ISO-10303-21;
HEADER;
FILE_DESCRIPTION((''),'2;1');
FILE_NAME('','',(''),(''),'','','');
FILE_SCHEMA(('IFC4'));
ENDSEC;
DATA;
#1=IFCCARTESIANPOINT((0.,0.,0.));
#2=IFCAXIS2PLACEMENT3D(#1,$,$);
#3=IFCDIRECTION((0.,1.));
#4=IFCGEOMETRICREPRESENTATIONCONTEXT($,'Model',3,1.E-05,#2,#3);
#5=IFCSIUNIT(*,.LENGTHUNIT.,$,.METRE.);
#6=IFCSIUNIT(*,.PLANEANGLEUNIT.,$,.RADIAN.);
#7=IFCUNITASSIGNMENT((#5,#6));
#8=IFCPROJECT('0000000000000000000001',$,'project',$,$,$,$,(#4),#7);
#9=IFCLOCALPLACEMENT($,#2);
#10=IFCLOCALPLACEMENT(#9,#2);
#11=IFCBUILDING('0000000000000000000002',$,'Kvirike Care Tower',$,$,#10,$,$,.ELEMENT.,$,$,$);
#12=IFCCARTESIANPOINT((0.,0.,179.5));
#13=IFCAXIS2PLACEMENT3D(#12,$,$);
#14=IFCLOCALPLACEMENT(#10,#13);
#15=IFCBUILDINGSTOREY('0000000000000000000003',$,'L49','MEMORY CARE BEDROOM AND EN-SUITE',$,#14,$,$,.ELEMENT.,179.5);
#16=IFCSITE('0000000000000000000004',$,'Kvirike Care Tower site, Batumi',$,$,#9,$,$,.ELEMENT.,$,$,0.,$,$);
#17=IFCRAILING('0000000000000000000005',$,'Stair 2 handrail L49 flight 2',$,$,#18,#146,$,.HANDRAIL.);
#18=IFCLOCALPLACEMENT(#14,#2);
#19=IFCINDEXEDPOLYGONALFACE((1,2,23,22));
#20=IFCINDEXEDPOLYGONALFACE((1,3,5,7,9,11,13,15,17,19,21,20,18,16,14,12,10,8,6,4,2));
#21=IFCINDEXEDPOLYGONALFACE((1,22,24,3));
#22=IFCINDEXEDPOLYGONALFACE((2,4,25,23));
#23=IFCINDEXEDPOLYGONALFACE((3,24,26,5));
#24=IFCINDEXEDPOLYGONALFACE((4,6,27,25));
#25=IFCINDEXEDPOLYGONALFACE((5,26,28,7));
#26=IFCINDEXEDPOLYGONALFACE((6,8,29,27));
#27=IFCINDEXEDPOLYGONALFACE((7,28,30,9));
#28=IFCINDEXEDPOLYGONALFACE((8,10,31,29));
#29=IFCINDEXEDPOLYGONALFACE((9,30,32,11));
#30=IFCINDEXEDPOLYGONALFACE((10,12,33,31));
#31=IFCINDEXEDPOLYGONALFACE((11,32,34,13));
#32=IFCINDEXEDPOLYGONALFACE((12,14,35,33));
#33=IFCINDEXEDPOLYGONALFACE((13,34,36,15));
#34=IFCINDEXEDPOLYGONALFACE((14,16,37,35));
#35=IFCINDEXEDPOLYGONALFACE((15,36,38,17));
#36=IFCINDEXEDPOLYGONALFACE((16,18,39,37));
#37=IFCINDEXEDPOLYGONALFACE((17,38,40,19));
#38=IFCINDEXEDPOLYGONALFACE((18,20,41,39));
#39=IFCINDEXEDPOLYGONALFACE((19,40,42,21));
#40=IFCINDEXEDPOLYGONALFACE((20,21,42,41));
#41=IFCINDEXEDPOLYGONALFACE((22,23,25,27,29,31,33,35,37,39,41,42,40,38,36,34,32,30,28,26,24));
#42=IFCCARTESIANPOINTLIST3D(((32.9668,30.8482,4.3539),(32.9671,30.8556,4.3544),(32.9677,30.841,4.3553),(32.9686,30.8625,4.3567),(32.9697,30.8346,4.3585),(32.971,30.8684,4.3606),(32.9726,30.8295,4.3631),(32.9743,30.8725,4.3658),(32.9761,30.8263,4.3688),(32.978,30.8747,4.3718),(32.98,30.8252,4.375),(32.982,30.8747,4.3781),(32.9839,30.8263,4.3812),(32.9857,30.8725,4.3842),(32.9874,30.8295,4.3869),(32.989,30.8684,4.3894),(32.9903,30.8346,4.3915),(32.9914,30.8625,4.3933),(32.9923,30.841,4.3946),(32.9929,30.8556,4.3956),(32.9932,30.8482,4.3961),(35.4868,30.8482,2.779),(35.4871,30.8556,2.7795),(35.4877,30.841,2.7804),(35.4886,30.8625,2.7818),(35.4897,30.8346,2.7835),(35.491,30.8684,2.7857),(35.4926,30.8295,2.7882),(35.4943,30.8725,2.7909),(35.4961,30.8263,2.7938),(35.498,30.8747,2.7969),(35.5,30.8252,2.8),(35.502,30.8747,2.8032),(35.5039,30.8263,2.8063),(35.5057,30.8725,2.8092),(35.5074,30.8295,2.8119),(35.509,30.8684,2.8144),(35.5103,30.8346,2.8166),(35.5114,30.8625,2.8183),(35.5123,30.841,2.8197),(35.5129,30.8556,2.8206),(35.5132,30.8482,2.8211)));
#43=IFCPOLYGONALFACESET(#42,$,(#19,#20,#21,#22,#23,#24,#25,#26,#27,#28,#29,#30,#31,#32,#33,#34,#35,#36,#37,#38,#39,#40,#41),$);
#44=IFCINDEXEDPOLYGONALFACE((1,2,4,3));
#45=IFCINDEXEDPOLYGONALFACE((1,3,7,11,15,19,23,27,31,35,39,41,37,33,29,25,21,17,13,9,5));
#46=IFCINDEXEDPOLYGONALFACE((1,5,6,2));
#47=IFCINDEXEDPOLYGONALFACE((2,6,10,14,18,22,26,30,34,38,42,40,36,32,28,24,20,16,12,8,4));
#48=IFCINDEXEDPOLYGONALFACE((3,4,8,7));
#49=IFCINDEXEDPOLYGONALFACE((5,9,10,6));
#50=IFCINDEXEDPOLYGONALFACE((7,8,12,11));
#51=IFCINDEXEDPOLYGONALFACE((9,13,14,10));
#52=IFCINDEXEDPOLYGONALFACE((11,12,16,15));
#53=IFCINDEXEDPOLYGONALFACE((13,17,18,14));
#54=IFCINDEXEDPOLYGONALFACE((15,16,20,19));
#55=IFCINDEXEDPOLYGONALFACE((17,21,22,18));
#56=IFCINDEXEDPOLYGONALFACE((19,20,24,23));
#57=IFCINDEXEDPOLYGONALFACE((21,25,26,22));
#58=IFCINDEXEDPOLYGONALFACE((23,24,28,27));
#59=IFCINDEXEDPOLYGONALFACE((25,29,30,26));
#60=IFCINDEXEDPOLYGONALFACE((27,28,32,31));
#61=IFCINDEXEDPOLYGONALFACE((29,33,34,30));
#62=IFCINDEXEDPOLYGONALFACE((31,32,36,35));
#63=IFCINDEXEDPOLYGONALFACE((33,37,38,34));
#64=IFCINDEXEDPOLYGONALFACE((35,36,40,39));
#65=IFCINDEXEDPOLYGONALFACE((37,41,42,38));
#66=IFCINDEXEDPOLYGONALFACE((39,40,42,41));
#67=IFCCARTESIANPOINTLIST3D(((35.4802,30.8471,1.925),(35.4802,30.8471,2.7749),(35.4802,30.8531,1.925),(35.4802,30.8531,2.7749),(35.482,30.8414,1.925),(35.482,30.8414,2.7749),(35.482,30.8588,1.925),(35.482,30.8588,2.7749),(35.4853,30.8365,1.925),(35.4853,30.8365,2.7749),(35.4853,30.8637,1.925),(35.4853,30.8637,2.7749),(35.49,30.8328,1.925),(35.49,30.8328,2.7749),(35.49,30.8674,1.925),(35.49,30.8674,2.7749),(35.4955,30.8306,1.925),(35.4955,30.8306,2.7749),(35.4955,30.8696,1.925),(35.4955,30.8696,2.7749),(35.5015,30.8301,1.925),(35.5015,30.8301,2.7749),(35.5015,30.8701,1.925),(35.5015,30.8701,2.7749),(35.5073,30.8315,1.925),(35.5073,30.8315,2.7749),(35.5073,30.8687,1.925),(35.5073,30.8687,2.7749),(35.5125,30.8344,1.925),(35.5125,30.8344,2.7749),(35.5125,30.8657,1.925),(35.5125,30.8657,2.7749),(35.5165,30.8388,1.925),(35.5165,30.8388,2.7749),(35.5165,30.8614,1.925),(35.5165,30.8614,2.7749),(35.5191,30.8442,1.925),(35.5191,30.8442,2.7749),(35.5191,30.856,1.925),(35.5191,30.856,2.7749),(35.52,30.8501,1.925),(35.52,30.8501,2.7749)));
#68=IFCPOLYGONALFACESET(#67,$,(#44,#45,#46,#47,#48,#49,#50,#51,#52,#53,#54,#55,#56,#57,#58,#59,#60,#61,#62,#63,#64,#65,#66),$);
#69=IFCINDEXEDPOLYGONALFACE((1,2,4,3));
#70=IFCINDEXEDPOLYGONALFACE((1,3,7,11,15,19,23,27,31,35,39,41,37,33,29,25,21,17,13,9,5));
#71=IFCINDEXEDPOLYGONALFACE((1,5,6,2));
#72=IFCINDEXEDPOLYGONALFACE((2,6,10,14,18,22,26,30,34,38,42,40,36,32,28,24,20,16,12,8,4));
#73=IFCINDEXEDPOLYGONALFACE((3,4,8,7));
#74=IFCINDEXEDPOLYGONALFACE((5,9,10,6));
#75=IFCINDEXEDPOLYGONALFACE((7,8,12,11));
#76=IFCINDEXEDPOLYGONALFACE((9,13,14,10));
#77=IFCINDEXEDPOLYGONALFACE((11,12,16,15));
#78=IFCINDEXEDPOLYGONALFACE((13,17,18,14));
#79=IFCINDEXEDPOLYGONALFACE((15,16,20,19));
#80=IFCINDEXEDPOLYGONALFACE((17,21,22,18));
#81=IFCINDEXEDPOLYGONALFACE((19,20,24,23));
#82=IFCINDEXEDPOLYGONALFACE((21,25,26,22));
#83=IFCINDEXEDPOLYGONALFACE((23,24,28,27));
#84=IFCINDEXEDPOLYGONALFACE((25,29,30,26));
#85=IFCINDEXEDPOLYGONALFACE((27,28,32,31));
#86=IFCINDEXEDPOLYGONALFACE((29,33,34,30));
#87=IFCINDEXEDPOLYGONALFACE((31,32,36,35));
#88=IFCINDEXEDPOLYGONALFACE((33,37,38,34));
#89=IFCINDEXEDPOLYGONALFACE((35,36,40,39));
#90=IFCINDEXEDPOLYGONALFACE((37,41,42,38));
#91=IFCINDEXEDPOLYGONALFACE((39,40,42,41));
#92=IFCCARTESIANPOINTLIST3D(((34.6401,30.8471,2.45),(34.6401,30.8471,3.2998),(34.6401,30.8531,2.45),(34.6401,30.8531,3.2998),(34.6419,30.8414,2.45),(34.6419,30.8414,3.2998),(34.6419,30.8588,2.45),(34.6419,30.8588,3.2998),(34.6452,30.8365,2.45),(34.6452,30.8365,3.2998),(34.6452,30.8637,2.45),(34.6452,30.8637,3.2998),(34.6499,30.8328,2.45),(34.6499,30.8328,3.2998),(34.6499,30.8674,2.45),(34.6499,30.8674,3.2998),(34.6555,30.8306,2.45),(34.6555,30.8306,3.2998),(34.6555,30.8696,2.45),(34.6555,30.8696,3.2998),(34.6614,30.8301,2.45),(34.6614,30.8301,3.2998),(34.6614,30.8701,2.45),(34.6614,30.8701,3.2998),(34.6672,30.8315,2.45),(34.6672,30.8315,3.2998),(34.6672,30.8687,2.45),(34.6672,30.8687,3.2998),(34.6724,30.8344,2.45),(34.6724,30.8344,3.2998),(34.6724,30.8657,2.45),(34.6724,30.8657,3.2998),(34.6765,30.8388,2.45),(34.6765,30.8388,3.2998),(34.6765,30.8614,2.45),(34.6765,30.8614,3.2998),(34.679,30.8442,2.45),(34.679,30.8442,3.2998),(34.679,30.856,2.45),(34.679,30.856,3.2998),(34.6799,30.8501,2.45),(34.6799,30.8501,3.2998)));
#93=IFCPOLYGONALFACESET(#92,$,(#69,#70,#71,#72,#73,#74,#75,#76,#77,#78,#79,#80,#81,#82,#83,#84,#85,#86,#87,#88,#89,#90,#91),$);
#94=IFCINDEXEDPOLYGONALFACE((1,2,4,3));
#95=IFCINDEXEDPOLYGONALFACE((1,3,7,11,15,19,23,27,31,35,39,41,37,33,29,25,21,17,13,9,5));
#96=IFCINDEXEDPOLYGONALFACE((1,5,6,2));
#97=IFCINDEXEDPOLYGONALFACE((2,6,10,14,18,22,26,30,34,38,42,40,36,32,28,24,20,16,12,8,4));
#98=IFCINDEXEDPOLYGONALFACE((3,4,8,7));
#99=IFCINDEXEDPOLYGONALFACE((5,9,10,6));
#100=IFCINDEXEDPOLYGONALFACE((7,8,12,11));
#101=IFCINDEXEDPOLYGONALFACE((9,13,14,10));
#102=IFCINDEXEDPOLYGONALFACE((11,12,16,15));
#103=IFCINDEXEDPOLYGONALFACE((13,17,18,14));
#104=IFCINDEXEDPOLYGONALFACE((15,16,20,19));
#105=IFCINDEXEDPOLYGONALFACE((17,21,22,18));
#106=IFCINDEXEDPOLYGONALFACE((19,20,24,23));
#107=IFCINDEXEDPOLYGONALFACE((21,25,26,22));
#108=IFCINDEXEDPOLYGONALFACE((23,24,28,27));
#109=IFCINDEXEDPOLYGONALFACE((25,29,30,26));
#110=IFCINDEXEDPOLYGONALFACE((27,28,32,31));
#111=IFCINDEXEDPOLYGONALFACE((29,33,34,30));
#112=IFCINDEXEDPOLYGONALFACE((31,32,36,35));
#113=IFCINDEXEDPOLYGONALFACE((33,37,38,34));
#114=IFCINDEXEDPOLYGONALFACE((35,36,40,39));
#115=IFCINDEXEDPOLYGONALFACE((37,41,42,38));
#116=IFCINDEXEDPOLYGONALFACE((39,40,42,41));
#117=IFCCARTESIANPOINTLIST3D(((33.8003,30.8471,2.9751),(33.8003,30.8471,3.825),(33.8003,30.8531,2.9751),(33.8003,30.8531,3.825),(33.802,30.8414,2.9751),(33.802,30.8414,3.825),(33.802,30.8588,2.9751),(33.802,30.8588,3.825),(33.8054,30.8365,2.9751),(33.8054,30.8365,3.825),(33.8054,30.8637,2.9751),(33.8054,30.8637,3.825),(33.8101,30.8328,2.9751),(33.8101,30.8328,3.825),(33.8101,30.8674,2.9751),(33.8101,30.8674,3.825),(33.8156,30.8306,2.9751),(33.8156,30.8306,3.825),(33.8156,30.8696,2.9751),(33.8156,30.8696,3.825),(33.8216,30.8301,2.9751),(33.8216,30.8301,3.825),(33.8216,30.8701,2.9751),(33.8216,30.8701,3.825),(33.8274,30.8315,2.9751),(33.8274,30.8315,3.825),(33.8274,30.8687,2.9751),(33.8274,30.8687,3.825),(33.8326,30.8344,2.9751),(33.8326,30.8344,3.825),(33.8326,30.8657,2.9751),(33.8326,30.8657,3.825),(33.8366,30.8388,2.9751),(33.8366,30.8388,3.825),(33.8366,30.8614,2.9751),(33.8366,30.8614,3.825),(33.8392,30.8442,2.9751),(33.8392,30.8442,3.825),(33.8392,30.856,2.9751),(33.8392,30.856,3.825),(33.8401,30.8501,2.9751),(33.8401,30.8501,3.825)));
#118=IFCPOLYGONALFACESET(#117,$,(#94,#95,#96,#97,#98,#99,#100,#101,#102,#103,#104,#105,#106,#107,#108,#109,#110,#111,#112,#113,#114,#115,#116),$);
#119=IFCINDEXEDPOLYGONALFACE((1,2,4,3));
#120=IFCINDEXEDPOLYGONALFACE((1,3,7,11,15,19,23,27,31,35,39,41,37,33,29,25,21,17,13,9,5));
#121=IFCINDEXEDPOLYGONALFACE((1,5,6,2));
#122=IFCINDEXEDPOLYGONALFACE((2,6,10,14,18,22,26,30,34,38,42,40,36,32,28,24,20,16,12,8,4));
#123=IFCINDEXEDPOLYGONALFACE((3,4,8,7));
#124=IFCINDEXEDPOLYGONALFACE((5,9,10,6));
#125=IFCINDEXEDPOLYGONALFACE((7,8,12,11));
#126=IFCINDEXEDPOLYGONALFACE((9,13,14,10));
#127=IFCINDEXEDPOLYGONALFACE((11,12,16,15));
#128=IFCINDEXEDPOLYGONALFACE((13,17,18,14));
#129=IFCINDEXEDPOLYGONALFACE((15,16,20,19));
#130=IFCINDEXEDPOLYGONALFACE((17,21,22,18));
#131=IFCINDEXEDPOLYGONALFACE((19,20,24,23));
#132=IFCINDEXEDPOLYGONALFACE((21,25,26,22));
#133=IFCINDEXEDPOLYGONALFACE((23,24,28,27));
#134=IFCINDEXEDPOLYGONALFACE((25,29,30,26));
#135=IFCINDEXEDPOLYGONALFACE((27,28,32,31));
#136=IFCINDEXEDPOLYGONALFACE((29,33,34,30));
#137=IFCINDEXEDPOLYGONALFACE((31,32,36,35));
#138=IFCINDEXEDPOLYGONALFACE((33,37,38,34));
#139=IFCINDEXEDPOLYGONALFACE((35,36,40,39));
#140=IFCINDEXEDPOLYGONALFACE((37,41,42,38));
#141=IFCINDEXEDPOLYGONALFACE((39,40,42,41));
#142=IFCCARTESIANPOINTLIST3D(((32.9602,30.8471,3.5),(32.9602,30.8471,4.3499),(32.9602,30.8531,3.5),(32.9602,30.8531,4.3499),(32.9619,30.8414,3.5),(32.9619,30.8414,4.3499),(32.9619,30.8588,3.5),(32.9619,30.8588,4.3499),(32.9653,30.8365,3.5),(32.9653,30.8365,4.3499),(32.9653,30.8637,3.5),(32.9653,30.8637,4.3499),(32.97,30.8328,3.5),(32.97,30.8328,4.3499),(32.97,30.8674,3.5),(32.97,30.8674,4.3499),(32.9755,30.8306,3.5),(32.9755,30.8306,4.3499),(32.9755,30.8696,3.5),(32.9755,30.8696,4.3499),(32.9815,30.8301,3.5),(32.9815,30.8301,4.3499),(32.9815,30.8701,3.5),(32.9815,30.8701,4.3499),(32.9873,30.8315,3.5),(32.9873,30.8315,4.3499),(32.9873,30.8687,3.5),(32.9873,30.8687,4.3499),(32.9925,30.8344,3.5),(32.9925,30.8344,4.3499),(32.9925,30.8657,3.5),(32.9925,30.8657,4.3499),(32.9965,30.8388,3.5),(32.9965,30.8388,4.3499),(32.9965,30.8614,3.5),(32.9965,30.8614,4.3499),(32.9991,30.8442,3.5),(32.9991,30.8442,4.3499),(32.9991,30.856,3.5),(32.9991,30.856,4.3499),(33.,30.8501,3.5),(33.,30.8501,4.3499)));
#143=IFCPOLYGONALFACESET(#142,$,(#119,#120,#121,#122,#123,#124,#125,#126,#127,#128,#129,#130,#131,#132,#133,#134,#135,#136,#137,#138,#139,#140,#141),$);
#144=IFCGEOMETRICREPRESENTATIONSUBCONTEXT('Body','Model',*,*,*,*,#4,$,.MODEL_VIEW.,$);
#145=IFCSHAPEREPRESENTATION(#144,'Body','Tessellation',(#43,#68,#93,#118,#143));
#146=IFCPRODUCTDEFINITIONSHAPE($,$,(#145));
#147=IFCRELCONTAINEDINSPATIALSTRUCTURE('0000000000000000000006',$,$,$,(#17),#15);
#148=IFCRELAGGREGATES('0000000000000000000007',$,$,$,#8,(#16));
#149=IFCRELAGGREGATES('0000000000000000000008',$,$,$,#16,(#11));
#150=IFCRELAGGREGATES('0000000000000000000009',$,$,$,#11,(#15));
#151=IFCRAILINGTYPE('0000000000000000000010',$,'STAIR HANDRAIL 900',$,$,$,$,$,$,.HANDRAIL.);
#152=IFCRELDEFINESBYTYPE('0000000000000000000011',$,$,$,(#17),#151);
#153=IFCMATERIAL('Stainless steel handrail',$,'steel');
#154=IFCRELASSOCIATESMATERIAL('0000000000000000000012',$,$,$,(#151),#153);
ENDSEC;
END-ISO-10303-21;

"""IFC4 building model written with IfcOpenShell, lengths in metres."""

from ifc_helpers import new_model, si_unit, direction, frame, origin, origin_2d, place, context, subcontext, project, spatial, circle, extrude, material, type_object, element, save


model = new_model("IFC4")

# Units and contexts
model_context = context("Model", 3, precision=1e-05, world=origin(), true_north=direction((0.0, 1.0)))
body_context = subcontext(model_context, "Body", "Model", "MODEL_VIEW")
ifc_project = project(units=[si_unit("LENGTHUNIT", "METRE"), si_unit("PLANEANGLEUNIT", "RADIAN")], contexts=[model_context])

# Site, building, storey
site_placement = place(None, origin())
site = spatial("IfcSite", under=ifc_project, at=site_placement, Name="Kvirike Care Tower site, Batumi", CompositionType="ELEMENT", RefElevation=0.0)
building_placement = place(site_placement, origin())
building = spatial("IfcBuilding", under=site, at=building_placement, Name="Kvirike Care Tower", CompositionType="ELEMENT")
storey_placement = place(building_placement, frame((0.0, 0.0, 179.5)))
storey = spatial("IfcBuildingStorey", under=building, at=storey_placement, Name="L49", Description="MEMORY CARE BEDROOM AND EN-SUITE", CompositionType="ELEMENT", Elevation=179.5)

# Railing
ifc_material_1 = material(Name="Stainless steel handrail", Category="steel")
railing_type = type_object("IfcRailingType", Name="STAIR HANDRAIL 900", PredefinedType="HANDRAIL", material=ifc_material_1)
railing_1_placement = place(storey_placement, frame((35.5, 30.8501, 1.925)))
element("IfcRailing", 1, at=railing_1_placement, inside=storey, type_object=railing_type, Name="Stair 2 handrail L49 flight 2", PredefinedType="HANDRAIL", context=body_context, shape_type="SweptSolid", body=[
    extrude(circle(Radius=0.0249, at=origin_2d()), frame((0.0, 0.0, 0.875), z_axis=(-0.848008, 0.0, 0.529984), x_axis=(0.0, -1.0, 0.0)), (0.0, 0.0, 1.0), 2.9717),
    extrude(circle(Radius=0.02, at=origin_2d()), origin(), (0.0, 0.0, 1.0), 0.8499),
    extrude(circle(Radius=0.02, at=origin_2d()), frame((-0.8401, 0.0, 0.5249)), (0.0, 0.0, 1.0), 0.8499),
    extrude(circle(Radius=0.02, at=origin_2d()), frame((-1.6799, 0.0, 1.05)), (0.0, 0.0, 1.0), 0.8499),
    extrude(circle(Radius=0.02, at=origin_2d()), frame((-2.52, 0.0, 1.575)), (0.0, 0.0, 1.0), 0.8499),
])

save(model, "model.ifc")
